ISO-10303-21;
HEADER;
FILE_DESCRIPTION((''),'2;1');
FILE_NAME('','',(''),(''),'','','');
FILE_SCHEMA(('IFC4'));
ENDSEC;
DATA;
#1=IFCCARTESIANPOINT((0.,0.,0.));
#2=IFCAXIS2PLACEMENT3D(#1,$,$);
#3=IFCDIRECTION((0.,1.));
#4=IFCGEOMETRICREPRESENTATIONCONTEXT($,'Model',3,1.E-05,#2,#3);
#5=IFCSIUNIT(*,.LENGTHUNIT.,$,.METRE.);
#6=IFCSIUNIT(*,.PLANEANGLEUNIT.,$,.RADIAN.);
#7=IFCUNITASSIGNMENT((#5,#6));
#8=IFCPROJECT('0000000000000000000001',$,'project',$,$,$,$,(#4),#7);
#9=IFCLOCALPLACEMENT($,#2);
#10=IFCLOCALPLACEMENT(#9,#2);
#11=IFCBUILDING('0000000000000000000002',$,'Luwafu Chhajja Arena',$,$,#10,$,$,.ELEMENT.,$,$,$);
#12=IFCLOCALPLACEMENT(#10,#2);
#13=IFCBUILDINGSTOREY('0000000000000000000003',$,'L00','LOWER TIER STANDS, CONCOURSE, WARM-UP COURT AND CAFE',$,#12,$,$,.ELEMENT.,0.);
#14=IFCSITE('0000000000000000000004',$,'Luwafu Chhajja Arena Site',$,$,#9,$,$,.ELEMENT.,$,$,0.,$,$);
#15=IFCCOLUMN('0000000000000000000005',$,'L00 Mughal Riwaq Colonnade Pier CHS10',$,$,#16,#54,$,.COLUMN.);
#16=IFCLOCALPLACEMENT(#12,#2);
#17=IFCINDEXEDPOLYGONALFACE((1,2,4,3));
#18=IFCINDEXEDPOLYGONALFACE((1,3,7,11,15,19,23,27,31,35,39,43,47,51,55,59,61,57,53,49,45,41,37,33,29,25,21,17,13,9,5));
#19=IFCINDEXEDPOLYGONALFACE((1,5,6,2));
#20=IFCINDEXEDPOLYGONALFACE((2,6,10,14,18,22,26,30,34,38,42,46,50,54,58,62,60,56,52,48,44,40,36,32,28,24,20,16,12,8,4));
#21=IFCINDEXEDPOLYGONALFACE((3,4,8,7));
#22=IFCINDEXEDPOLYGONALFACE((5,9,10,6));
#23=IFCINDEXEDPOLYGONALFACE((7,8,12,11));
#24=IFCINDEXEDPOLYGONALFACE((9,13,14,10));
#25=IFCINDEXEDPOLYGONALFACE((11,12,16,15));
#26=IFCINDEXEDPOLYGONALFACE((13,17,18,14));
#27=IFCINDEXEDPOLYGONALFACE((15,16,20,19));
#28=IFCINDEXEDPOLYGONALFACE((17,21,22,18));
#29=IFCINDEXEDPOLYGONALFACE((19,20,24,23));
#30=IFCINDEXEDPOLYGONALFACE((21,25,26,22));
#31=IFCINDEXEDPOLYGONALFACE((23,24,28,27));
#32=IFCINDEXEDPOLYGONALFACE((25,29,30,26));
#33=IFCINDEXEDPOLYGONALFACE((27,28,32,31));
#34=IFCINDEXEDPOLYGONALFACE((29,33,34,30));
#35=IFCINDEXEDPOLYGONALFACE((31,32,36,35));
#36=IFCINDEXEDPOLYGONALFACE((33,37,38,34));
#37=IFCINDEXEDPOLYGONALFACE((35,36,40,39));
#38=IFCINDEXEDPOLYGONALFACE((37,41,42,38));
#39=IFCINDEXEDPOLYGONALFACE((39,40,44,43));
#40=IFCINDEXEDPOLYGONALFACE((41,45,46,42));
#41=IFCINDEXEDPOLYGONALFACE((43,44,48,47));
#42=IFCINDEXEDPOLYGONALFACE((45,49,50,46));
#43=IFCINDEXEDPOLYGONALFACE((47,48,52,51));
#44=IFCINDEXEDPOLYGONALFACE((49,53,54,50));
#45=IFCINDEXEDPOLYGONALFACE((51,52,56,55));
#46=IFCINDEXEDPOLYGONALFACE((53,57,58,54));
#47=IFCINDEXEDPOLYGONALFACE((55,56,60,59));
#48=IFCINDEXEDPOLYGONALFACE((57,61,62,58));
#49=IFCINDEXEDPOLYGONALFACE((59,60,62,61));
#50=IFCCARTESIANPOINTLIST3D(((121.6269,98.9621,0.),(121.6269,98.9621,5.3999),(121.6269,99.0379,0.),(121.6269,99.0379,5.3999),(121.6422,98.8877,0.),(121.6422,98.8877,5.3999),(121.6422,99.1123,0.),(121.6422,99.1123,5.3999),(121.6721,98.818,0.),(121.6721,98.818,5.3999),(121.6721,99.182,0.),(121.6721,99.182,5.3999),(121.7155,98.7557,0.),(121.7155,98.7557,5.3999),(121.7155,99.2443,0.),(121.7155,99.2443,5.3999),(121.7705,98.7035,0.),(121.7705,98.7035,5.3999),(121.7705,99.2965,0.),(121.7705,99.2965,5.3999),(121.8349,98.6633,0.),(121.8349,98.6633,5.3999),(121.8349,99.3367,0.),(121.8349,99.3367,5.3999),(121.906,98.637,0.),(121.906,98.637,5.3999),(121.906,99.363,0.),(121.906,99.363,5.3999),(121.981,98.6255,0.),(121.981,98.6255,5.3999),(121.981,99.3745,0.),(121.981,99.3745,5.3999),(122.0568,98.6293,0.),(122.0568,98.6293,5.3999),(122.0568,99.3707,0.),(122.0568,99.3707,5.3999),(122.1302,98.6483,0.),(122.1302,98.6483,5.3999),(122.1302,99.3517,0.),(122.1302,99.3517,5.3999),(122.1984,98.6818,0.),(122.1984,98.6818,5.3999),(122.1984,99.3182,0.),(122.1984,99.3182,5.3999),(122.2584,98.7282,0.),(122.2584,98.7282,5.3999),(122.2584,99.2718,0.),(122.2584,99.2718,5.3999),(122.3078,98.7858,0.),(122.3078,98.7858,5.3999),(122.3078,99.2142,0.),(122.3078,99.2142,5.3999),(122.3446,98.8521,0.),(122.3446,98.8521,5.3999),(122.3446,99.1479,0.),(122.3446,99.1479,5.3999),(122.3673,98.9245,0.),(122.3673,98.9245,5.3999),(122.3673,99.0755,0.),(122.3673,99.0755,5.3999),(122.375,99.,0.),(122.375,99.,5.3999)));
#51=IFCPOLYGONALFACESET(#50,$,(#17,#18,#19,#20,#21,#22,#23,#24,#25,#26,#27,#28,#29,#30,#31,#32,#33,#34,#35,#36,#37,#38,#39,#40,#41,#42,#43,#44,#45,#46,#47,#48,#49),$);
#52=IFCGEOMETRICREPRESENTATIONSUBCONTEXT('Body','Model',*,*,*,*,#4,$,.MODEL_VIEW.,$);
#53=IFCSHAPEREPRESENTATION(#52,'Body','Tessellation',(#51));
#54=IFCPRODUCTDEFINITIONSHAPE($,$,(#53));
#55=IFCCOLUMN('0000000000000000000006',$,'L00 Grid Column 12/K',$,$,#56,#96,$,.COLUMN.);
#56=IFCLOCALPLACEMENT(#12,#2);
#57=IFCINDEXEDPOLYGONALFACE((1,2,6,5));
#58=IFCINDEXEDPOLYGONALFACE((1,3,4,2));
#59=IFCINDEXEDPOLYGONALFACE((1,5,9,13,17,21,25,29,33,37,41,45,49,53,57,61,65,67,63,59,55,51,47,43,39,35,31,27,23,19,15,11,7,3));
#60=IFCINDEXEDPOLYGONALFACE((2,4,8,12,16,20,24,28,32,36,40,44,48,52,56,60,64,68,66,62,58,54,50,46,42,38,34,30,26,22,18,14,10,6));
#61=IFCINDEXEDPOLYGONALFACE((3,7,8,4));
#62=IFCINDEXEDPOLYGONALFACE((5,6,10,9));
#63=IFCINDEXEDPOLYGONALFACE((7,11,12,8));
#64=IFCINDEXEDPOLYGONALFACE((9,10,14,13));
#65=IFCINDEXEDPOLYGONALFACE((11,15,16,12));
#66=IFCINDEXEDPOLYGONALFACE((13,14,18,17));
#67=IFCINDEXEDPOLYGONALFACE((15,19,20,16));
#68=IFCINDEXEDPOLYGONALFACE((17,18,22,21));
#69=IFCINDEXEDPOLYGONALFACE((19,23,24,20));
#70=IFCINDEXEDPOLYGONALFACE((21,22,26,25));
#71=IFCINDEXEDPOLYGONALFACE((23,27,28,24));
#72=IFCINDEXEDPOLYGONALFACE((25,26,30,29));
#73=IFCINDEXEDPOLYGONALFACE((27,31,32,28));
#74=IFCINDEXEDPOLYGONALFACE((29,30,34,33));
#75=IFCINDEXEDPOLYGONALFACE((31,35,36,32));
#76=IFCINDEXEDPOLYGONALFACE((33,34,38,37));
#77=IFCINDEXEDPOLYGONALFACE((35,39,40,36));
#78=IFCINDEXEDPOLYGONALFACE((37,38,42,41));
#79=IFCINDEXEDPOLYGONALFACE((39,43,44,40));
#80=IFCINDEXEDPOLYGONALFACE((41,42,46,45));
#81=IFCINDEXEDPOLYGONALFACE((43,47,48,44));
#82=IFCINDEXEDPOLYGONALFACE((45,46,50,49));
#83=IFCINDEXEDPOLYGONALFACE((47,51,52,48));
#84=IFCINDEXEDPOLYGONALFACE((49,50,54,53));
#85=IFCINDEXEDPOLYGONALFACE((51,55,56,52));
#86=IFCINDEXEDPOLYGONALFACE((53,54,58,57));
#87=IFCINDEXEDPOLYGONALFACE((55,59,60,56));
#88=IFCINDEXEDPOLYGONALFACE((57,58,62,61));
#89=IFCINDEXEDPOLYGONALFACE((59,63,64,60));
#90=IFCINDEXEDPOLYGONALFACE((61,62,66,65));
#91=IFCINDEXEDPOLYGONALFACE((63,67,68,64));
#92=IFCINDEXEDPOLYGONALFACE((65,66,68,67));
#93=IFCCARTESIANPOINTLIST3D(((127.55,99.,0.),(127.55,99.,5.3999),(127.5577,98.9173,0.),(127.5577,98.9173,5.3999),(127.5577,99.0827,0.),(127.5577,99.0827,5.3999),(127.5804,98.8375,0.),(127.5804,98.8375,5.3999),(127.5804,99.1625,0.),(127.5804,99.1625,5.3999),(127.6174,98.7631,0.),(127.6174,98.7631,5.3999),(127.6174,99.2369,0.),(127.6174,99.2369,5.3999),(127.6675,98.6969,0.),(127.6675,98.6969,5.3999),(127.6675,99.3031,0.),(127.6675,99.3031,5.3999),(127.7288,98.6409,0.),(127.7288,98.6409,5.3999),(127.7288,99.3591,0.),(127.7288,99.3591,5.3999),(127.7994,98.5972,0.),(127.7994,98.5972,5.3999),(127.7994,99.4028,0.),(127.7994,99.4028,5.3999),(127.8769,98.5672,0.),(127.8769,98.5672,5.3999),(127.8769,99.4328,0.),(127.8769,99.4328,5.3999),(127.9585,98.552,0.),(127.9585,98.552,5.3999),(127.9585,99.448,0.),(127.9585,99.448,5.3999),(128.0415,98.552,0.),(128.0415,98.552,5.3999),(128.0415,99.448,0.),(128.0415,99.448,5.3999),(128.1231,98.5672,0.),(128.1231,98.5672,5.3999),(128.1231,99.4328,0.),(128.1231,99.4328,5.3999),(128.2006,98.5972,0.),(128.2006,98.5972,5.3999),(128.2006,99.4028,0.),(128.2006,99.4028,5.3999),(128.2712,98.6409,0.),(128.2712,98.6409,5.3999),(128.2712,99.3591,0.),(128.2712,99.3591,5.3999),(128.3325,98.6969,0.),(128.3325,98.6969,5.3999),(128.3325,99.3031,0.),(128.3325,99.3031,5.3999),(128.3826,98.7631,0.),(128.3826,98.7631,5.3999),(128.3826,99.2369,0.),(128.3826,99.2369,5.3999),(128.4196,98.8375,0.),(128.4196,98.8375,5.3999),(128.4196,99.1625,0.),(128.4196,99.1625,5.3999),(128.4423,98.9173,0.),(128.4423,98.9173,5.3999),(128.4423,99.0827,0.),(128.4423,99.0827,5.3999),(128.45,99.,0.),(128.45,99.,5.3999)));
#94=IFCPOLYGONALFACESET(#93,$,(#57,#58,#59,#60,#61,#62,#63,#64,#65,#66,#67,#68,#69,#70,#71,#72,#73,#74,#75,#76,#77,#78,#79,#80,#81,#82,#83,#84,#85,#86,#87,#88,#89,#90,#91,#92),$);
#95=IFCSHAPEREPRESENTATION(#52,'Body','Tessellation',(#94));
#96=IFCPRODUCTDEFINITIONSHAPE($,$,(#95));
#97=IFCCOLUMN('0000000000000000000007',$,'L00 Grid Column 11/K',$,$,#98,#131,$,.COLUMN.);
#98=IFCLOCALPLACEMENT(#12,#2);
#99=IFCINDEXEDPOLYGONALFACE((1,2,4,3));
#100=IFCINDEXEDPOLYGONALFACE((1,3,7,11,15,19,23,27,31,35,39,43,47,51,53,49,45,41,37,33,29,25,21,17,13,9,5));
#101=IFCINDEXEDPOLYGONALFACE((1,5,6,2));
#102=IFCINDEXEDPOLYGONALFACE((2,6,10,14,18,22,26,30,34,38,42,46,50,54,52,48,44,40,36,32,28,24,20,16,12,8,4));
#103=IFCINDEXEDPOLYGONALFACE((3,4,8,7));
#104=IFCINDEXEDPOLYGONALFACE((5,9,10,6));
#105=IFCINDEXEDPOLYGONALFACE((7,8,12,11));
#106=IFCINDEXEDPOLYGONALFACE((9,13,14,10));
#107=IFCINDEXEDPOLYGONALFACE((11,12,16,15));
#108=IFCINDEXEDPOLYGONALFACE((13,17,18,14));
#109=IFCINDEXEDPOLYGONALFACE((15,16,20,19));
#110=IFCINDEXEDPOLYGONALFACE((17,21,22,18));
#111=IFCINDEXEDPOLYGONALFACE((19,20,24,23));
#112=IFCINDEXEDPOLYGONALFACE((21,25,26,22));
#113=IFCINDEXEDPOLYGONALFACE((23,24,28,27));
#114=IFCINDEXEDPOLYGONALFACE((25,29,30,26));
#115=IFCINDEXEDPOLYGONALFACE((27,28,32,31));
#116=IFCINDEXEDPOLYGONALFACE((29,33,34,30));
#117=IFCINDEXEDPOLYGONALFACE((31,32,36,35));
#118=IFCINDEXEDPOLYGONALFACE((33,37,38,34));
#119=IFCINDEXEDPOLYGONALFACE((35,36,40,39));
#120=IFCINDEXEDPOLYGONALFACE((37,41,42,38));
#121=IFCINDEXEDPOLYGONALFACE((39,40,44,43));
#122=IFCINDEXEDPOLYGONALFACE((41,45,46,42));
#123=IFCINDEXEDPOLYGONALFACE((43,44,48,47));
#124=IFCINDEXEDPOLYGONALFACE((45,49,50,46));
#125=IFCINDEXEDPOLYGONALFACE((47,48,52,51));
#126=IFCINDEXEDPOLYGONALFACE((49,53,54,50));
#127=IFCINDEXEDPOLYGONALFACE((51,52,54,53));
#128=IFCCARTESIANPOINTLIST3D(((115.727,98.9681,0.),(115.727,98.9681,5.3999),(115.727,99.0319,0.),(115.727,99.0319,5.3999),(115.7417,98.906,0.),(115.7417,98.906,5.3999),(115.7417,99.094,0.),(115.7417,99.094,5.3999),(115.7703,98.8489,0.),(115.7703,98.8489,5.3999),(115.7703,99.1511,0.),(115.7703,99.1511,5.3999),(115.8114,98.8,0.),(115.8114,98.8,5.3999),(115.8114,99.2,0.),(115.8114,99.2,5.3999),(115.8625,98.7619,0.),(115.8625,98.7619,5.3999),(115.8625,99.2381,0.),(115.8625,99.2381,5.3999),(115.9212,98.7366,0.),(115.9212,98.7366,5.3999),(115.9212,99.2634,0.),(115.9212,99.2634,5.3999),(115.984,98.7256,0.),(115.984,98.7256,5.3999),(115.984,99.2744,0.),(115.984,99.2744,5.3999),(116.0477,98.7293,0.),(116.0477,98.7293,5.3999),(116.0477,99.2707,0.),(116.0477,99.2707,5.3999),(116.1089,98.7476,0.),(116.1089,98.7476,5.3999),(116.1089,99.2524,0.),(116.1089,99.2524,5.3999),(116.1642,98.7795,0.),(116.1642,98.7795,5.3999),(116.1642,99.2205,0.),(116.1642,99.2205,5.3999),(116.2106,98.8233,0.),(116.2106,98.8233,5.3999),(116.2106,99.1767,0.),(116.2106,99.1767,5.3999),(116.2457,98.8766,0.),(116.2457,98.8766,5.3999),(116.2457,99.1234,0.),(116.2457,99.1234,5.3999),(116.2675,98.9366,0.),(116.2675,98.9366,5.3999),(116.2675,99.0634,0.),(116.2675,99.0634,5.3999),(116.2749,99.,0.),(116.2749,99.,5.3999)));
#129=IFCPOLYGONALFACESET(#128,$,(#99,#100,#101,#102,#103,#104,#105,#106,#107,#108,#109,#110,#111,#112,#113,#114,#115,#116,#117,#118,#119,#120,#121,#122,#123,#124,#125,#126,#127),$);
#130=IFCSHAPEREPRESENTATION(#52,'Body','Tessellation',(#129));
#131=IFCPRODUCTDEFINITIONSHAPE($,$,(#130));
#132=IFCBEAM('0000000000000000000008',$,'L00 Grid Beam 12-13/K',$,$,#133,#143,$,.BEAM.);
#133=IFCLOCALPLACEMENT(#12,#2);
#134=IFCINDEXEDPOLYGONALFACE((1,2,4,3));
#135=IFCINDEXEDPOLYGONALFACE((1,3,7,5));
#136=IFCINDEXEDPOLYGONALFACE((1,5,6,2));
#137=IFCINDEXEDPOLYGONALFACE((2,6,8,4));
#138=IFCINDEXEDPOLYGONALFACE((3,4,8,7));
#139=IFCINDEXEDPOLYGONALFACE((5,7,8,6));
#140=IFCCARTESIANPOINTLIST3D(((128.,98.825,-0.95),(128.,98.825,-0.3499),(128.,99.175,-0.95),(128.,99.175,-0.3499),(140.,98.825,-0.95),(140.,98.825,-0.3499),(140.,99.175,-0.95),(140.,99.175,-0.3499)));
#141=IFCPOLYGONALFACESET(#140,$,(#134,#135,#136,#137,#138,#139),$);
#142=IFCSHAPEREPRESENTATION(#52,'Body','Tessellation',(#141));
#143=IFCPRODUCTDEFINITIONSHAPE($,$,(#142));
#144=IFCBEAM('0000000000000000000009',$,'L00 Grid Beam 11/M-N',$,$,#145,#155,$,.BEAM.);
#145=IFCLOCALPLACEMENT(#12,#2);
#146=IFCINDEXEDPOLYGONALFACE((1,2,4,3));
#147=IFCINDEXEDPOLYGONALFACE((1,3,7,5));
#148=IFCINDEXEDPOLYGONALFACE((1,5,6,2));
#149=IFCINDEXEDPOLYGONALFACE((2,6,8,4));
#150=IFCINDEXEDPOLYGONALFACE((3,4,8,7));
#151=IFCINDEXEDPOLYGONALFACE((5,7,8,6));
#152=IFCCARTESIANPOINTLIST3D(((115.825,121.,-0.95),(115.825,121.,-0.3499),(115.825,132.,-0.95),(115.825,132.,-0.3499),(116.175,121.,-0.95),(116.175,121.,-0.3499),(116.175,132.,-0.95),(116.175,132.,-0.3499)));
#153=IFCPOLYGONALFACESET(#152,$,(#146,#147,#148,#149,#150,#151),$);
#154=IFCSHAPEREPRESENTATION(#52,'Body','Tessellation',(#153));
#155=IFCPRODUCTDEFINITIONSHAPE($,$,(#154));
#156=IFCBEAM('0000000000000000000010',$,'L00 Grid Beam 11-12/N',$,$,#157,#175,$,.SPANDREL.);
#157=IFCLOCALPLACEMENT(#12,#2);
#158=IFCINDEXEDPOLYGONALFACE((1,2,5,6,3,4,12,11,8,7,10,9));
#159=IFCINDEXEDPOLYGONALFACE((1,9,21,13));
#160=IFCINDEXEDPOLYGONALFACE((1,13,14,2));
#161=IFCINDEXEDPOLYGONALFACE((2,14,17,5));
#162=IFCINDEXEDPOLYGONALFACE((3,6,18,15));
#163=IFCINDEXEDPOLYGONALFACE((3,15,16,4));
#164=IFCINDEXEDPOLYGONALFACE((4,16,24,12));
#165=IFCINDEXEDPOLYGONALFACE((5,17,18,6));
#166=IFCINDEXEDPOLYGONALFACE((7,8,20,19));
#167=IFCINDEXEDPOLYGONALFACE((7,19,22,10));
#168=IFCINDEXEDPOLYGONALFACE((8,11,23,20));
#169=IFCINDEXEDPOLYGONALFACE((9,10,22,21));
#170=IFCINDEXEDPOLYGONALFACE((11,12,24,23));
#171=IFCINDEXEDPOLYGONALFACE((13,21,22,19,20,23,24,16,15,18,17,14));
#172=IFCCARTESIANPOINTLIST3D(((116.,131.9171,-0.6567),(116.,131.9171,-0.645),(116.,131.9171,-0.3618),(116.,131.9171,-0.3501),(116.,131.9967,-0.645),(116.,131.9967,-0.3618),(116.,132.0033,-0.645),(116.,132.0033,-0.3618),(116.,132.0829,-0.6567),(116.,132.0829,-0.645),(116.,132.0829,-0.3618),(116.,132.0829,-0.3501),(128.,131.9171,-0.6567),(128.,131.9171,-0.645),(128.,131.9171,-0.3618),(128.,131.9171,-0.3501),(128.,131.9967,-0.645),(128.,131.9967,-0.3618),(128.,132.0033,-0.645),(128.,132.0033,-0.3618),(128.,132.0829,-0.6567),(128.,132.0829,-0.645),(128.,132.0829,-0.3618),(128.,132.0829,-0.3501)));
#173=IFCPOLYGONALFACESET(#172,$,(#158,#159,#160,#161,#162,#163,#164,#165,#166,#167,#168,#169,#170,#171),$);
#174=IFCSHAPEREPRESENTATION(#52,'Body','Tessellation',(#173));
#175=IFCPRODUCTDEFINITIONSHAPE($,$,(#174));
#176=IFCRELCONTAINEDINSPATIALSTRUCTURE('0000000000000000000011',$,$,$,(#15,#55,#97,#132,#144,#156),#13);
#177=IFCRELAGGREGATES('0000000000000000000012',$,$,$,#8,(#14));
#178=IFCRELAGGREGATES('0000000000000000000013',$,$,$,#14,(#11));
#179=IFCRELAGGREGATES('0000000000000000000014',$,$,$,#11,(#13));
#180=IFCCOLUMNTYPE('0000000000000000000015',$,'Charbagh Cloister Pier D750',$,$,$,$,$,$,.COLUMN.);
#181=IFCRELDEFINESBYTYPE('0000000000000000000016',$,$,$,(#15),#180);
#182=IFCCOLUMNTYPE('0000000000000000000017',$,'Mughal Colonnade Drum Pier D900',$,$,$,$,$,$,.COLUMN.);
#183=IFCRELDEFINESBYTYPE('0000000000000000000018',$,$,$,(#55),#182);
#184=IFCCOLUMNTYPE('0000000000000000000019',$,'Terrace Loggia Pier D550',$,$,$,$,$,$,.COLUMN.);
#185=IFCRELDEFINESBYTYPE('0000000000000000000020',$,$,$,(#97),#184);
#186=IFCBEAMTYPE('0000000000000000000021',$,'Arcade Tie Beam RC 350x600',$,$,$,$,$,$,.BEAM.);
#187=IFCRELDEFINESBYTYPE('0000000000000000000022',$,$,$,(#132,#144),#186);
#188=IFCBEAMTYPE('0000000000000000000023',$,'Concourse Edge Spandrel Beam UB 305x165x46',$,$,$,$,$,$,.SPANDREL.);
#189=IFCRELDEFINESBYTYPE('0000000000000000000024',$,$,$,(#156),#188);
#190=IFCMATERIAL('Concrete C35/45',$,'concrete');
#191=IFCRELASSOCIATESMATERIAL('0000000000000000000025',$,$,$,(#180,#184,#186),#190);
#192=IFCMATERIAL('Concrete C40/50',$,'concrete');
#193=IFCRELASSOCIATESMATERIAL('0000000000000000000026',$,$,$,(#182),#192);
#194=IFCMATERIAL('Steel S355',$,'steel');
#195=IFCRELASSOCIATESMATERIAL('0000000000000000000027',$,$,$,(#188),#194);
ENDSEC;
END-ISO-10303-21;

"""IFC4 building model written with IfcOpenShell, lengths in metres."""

from ifc_helpers import new_model, si_unit, direction, frame, origin, origin_2d, place, context, subcontext, project, spatial, rectangle, circle, i_section, extrude, material, material_profile, profile_set, type_object, element, save


model = new_model("IFC4")

# Units and contexts
model_context = context("Model", 3, precision=1e-05, world=origin(), true_north=direction((0.0, 1.0)))
body_context = subcontext(model_context, "Body", "Model", "MODEL_VIEW")
ifc_project = project(units=[si_unit("LENGTHUNIT", "METRE"), si_unit("PLANEANGLEUNIT", "RADIAN")], contexts=[model_context])

# Site, building, storey
site_placement = place(None, origin())
site = spatial("IfcSite", under=ifc_project, at=site_placement, Name="Luwafu Chhajja Arena Site", CompositionType="ELEMENT", RefElevation=0.0)
building_placement = place(site_placement, origin())
building = spatial("IfcBuilding", under=site, at=building_placement, Name="Luwafu Chhajja Arena", CompositionType="ELEMENT")
storey_placement = place(building_placement, origin())
storey = spatial("IfcBuildingStorey", under=building, at=storey_placement, Name="L00", Description="LOWER TIER STANDS, CONCOURSE, WARM-UP COURT AND CAFE", CompositionType="ELEMENT", Elevation=0.0)

# Columns
ifc_material_1 = material(Name="Concrete C35/45", Category="concrete")
ifc_material_profile_1 = material_profile(ifc_material_1, circle(Radius=0.375, at=origin_2d()), Name="RC COL D750")
ifc_profile_set_1 = profile_set([ifc_material_profile_1], Name="Concrete C35/45")
column_type_1 = type_object("IfcColumnType", Name="Charbagh Cloister Pier D750", PredefinedType="COLUMN", material=ifc_profile_set_1)
column_1_placement = place(storey_placement, frame((122.0, 99.0, 0.0), z_axis=(0.0, 0.0, 1.0), x_axis=(1.0, 0.0, 0.0)))
element("IfcColumn", 1, at=column_1_placement, inside=storey, type_object=column_type_1, Name="L00 Mughal Riwaq Colonnade Pier CHS10", PredefinedType="COLUMN", context=body_context, shape_type="SweptSolid", body=[
    extrude(circle(Radius=0.375, at=origin_2d()), origin(), (0.0, 0.0, 1.0), 5.3999),
])
ifc_material_2 = material(Name="Concrete C40/50", Category="concrete")
ifc_material_profile_2 = material_profile(ifc_material_2, circle(Radius=0.45, at=origin_2d()), Name="RC COL D900")
ifc_profile_set_2 = profile_set([ifc_material_profile_2], Name="Concrete C40/50")
column_type_2 = type_object("IfcColumnType", Name="Mughal Colonnade Drum Pier D900", PredefinedType="COLUMN", material=ifc_profile_set_2)
column_2_placement = place(storey_placement, frame((128.0, 99.0, 0.0), z_axis=(0.0, 0.0, 1.0), x_axis=(1.0, 0.0, 0.0)))
element("IfcColumn", 2, at=column_2_placement, inside=storey, type_object=column_type_2, Name="L00 Grid Column 12/K", PredefinedType="COLUMN", context=body_context, shape_type="SweptSolid", body=[
    extrude(circle(Radius=0.45, at=origin_2d()), origin(), (0.0, 0.0, 1.0), 5.3999),
])
ifc_material_profile_3 = material_profile(ifc_material_1, circle(Radius=0.2749, at=origin_2d()), Name="RC COL D550")
ifc_profile_set_3 = profile_set([ifc_material_profile_3], Name="Concrete C35/45")
column_type_3 = type_object("IfcColumnType", Name="Terrace Loggia Pier D550", PredefinedType="COLUMN", material=ifc_profile_set_3)
column_3_placement = place(storey_placement, frame((116.0, 99.0, 0.0), z_axis=(0.0, 0.0, 1.0), x_axis=(1.0, 0.0, 0.0)))
element("IfcColumn", 3, at=column_3_placement, inside=storey, type_object=column_type_3, Name="L00 Grid Column 11/K", PredefinedType="COLUMN", context=body_context, shape_type="SweptSolid", body=[
    extrude(circle(Radius=0.2749, at=origin_2d()), origin(), (0.0, 0.0, 1.0), 5.3999),
])

# Beams
ifc_material_profile_4 = material_profile(ifc_material_1, rectangle(XDim=0.3501, YDim=0.6001, at=origin_2d()), Name="RC 350x600")
ifc_profile_set_4 = profile_set([ifc_material_profile_4], Name="Concrete C35/45")
beam_type_1 = type_object("IfcBeamType", Name="Arcade Tie Beam RC 350x600", PredefinedType="BEAM", material=ifc_profile_set_4)
beam_1_placement = place(storey_placement, frame((128.0, 99.0, -0.6499), z_axis=(1.0, 0.0, 0.0), x_axis=(0.0, 1.0, 0.0)))
element("IfcBeam", 4, at=beam_1_placement, inside=storey, type_object=beam_type_1, Name="L00 Grid Beam 12-13/K", PredefinedType="BEAM", context=body_context, shape_type="SweptSolid", body=[
    extrude(rectangle(XDim=0.3501, YDim=0.6001, at=origin_2d()), origin(), (0.0, 0.0, 1.0), 12.0),
])
beam_2_placement = place(storey_placement, frame((116.0, 121.0, -0.6499), z_axis=(0.0, 1.0, 0.0), x_axis=(-1.0, 0.0, 0.0)))
element("IfcBeam", 5, at=beam_2_placement, inside=storey, type_object=beam_type_1, Name="L00 Grid Beam 11/M-N", PredefinedType="BEAM", context=body_context, shape_type="SweptSolid", body=[
    extrude(rectangle(XDim=0.3501, YDim=0.6001, at=origin_2d()), origin(), (0.0, 0.0, 1.0), 11.0),
])
ifc_material_3 = material(Name="Steel S355", Category="steel")
ifc_material_profile_5 = material_profile(ifc_material_3, i_section(OverallWidth=0.1658, OverallDepth=0.3066, WebThickness=0.0066, FlangeThickness=0.0117, at=origin_2d()), Name="UB 305x165x46")
ifc_profile_set_5 = profile_set([ifc_material_profile_5], Name="Steel S355")
beam_type_2 = type_object("IfcBeamType", Name="Concourse Edge Spandrel Beam UB 305x165x46", PredefinedType="SPANDREL", material=ifc_profile_set_5)
beam_3_placement = place(storey_placement, frame((116.0, 132.0, -0.5034), z_axis=(1.0, 0.0, 0.0), x_axis=(0.0, 1.0, 0.0)))
element("IfcBeam", 6, at=beam_3_placement, inside=storey, type_object=beam_type_2, Name="L00 Grid Beam 11-12/N", PredefinedType="SPANDREL", context=body_context, shape_type="SweptSolid", body=[
    extrude(i_section(OverallWidth=0.1658, OverallDepth=0.3066, WebThickness=0.0066, FlangeThickness=0.0117, at=origin_2d()), origin(), (0.0, 0.0, 1.0), 12.0),
])

save(model, "model.ifc")
